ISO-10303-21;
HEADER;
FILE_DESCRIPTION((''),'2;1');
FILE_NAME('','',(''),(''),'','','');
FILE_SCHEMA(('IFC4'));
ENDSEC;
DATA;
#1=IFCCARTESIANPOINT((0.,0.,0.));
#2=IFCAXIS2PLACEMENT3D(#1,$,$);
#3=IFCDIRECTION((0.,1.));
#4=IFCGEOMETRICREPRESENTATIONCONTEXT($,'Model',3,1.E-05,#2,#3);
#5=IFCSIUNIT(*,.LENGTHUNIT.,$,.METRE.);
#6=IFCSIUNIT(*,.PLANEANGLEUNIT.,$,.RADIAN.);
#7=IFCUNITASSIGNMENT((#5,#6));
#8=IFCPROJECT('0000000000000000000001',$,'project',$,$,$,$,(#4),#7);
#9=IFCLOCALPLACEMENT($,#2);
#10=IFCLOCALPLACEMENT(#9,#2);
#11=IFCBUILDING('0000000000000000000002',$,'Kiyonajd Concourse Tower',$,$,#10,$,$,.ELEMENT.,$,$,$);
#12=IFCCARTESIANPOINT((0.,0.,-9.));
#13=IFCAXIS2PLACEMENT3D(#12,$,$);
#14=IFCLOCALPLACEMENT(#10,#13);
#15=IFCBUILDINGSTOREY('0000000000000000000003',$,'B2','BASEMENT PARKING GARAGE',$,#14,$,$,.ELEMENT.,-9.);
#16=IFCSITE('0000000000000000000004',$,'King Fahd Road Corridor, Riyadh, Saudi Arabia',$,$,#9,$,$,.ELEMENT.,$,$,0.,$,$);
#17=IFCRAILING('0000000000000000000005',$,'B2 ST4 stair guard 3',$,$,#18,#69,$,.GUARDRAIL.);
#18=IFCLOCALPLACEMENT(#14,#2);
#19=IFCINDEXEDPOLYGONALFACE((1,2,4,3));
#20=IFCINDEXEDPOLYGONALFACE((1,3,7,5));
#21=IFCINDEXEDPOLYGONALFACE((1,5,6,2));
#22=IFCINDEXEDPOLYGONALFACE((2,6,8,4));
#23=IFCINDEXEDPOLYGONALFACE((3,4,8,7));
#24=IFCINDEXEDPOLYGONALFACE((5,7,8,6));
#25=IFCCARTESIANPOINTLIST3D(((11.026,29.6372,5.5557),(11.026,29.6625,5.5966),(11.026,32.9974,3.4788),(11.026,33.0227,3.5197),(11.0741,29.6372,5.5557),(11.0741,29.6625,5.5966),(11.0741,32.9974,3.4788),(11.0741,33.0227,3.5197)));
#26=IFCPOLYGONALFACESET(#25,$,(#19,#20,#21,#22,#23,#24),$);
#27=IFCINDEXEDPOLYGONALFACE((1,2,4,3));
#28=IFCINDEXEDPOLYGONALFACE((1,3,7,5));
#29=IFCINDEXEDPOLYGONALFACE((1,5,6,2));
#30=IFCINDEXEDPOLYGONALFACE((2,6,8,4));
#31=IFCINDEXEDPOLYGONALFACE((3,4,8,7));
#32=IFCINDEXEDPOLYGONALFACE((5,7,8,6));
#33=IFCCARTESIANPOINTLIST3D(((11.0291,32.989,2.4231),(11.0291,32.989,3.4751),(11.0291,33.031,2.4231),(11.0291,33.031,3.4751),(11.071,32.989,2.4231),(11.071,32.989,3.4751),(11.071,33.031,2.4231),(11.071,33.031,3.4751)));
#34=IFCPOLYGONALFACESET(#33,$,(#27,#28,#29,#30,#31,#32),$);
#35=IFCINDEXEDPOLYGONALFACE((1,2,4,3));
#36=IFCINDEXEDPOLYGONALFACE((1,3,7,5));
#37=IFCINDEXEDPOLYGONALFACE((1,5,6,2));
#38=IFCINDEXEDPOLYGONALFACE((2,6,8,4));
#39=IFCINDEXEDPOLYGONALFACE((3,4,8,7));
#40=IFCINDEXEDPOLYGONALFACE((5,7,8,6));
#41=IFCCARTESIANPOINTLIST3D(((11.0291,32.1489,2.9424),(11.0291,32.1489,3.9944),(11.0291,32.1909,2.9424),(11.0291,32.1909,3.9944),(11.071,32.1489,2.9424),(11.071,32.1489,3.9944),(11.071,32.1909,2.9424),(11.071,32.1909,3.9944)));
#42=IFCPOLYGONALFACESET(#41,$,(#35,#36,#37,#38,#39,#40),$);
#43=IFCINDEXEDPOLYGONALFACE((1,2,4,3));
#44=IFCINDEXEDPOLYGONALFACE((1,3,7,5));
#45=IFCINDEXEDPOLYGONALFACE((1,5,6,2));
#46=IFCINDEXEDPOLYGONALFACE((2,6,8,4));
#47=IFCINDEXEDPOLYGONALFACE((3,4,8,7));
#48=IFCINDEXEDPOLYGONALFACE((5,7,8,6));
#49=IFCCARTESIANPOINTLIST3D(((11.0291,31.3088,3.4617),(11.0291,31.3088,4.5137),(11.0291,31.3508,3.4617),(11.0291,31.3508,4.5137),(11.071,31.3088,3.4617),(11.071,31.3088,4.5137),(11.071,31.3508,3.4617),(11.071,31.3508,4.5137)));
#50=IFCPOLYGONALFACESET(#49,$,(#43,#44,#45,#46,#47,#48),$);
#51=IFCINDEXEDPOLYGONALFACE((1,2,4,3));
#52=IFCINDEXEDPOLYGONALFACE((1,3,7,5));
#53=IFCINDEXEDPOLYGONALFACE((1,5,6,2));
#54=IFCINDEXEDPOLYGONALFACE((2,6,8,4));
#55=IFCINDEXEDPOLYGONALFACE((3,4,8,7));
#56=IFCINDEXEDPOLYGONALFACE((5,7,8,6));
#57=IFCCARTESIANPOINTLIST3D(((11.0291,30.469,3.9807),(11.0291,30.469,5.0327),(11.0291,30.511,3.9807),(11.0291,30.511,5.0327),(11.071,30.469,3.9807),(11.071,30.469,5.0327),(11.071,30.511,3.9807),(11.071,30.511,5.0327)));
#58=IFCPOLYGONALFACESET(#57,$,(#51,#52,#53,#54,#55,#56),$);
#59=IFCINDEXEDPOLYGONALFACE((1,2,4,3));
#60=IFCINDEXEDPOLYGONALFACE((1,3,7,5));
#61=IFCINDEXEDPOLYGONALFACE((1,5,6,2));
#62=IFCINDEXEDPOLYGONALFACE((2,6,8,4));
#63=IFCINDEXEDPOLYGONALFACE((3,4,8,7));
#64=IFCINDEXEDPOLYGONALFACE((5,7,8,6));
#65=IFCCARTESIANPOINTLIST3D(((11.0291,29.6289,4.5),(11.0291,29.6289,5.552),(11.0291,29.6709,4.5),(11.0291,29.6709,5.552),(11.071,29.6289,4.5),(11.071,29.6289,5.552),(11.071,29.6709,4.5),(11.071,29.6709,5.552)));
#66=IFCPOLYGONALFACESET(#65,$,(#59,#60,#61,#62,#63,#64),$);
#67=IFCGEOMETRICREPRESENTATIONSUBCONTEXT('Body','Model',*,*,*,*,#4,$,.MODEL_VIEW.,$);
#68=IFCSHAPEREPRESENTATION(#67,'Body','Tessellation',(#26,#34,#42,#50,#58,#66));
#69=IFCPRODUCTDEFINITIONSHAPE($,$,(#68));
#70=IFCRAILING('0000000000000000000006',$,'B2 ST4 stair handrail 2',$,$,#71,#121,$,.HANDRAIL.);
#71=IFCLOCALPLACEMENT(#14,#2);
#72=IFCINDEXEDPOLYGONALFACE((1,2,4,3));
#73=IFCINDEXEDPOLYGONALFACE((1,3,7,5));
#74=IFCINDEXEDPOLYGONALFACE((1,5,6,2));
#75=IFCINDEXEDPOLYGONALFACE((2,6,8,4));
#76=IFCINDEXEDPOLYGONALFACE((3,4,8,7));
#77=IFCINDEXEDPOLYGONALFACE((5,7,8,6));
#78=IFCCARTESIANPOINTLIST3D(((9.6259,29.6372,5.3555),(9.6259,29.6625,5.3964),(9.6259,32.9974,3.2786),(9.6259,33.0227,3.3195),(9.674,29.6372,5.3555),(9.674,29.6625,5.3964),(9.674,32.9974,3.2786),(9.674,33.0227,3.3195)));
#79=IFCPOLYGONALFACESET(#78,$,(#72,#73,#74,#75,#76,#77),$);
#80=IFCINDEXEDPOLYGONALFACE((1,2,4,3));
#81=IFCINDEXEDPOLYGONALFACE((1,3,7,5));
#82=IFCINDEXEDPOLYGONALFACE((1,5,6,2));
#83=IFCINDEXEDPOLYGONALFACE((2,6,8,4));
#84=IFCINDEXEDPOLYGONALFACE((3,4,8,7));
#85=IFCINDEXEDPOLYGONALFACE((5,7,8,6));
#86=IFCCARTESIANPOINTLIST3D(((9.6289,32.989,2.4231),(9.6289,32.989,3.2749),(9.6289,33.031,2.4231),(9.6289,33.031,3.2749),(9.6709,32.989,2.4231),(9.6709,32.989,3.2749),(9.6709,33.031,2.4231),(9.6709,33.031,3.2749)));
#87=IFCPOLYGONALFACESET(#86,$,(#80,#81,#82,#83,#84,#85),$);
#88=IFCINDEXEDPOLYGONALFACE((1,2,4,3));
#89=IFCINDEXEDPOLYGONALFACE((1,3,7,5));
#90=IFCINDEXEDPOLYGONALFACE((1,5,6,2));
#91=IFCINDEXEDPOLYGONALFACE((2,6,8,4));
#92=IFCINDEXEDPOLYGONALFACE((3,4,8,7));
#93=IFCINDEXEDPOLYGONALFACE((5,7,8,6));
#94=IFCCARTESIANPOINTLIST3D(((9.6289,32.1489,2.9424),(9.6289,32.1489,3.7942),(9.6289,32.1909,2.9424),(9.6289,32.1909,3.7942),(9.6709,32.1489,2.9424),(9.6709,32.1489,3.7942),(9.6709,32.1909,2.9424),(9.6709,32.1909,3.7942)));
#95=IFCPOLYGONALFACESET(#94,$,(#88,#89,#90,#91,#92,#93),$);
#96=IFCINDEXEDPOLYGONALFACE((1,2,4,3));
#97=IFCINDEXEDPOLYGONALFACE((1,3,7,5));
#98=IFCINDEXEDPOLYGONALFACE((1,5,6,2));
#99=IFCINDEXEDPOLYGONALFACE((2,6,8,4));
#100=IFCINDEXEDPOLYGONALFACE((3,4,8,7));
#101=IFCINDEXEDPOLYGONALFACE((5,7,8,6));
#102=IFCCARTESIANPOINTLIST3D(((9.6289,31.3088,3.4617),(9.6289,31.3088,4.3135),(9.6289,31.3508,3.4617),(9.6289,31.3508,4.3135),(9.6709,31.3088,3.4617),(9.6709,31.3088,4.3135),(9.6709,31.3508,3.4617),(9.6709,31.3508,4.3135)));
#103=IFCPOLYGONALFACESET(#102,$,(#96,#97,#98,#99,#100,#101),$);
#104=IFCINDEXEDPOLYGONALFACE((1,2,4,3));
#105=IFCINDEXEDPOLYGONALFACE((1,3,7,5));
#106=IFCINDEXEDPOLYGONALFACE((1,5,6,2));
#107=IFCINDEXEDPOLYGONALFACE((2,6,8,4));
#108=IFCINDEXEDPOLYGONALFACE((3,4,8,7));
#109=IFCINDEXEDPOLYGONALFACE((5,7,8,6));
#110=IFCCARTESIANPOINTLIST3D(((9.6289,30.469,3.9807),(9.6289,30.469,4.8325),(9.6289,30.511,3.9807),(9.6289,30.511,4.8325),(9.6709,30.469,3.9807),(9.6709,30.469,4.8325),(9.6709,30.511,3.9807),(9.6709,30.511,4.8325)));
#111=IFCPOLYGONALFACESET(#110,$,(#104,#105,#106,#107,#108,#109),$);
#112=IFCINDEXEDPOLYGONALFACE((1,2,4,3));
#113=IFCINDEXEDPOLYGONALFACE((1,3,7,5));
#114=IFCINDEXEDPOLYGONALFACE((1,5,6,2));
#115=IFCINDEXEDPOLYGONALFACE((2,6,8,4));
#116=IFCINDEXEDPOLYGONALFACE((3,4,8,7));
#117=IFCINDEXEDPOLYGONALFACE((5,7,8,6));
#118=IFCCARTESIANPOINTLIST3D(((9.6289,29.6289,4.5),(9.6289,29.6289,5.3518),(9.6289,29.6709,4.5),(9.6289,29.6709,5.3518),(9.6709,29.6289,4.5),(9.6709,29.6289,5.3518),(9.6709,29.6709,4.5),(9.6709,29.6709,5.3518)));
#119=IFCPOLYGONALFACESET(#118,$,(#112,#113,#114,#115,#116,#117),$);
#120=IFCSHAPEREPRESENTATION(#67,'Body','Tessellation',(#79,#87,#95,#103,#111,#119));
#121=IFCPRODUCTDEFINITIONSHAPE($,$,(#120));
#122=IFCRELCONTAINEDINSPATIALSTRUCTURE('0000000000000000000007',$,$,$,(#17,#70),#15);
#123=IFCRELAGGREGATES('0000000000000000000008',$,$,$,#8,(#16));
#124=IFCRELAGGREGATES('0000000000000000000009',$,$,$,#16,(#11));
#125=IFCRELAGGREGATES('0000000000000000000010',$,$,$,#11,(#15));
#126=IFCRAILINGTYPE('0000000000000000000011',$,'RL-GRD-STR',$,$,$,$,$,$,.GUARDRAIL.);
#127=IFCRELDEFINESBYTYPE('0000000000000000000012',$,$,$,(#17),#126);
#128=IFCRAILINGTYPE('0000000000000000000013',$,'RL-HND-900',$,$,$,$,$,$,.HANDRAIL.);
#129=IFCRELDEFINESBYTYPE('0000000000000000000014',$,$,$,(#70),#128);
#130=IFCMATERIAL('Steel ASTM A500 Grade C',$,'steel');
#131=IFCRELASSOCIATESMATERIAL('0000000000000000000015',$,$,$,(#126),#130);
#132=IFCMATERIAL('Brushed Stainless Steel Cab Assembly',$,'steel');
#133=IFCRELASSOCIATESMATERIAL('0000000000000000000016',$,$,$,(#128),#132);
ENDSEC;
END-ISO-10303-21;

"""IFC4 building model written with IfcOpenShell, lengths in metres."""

from ifc_helpers import new_model, si_unit, direction, frame, origin, origin_2d, place, context, subcontext, project, spatial, rectangle, extrude, material, type_object, element, save


model = new_model("IFC4")

# Units and contexts
model_context = context("Model", 3, precision=1e-05, world=origin(), true_north=direction((0.0, 1.0)))
body_context = subcontext(model_context, "Body", "Model", "MODEL_VIEW")
ifc_project = project(units=[si_unit("LENGTHUNIT", "METRE"), si_unit("PLANEANGLEUNIT", "RADIAN")], contexts=[model_context])

# Site, building, storey
site_placement = place(None, origin())
site = spatial("IfcSite", under=ifc_project, at=site_placement, Name="King Fahd Road Corridor, Riyadh, Saudi Arabia", CompositionType="ELEMENT", RefElevation=0.0)
building_placement = place(site_placement, origin())
building = spatial("IfcBuilding", under=site, at=building_placement, Name="Kiyonajd Concourse Tower", CompositionType="ELEMENT")
storey_placement = place(building_placement, frame((0.0, 0.0, -9.0)))
storey = spatial("IfcBuildingStorey", under=building, at=storey_placement, Name="B2", Description="BASEMENT PARKING GARAGE", CompositionType="ELEMENT", Elevation=-9.0)

# Railings
ifc_material_1 = material(Name="Steel ASTM A500 Grade C", Category="steel")
railing_type_1 = type_object("IfcRailingType", Name="RL-GRD-STR", PredefinedType="GUARDRAIL", material=ifc_material_1)
railing_1_placement = place(storey_placement, frame((11.05, 33.01, 2.4231)))
element("IfcRailing", 1, at=railing_1_placement, inside=storey, type_object=railing_type_1, Name="B2 ST4 stair guard 3", PredefinedType="GUARDRAIL", context=body_context, shape_type="SweptSolid", body=[
    extrude(rectangle(XDim=0.0481, YDim=0.0481, at=origin_2d()), frame((0.0, 0.0, 1.0762), z_axis=(0.0, -0.850623, 0.525776), x_axis=(1.0, 0.0, 0.0)), (0.0, 0.0, 1.0), 3.9502),
    extrude(rectangle(XDim=0.042, YDim=0.042, at=origin_2d()), origin(), (0.0, 0.0, 1.0), 1.052),
    extrude(rectangle(XDim=0.042, YDim=0.042, at=origin_2d()), frame((0.0, -0.8401, 0.5193)), (0.0, 0.0, 1.0), 1.052),
    extrude(rectangle(XDim=0.042, YDim=0.042, at=origin_2d()), frame((0.0, -1.6802, 1.0386)), (0.0, 0.0, 1.0), 1.052),
    extrude(rectangle(XDim=0.042, YDim=0.042, at=origin_2d()), frame((0.0, -2.52, 1.5576)), (0.0, 0.0, 1.0), 1.052),
    extrude(rectangle(XDim=0.042, YDim=0.042, at=origin_2d()), frame((0.0, -3.3601, 2.0769)), (0.0, 0.0, 1.0), 1.052),
])
ifc_material_2 = material(Name="Brushed Stainless Steel Cab Assembly", Category="steel")
railing_type_2 = type_object("IfcRailingType", Name="RL-HND-900", PredefinedType="HANDRAIL", material=ifc_material_2)
railing_2_placement = place(storey_placement, frame((9.6499, 33.01, 2.4231)))
element("IfcRailing", 2, at=railing_2_placement, inside=storey, type_object=railing_type_2, Name="B2 ST4 stair handrail 2", PredefinedType="HANDRAIL", context=body_context, shape_type="SweptSolid", body=[
    extrude(rectangle(XDim=0.0481, YDim=0.0481, at=origin_2d()), frame((0.0, 0.0, 0.876), z_axis=(0.0, -0.850623, 0.525776), x_axis=(1.0, 0.0, 0.0)), (0.0, 0.0, 1.0), 3.9502),
    extrude(rectangle(XDim=0.042, YDim=0.042, at=origin_2d()), origin(), (0.0, 0.0, 1.0), 0.8518),
    extrude(rectangle(XDim=0.042, YDim=0.042, at=origin_2d()), frame((0.0, -0.8401, 0.5193)), (0.0, 0.0, 1.0), 0.8518),
    extrude(rectangle(XDim=0.042, YDim=0.042, at=origin_2d()), frame((0.0, -1.6802, 1.0386)), (0.0, 0.0, 1.0), 0.8518),
    extrude(rectangle(XDim=0.042, YDim=0.042, at=origin_2d()), frame((0.0, -2.52, 1.5576)), (0.0, 0.0, 1.0), 0.8518),
    extrude(rectangle(XDim=0.042, YDim=0.042, at=origin_2d()), frame((0.0, -3.3601, 2.0769)), (0.0, 0.0, 1.0), 0.8518),
])

save(model, "model.ifc")
